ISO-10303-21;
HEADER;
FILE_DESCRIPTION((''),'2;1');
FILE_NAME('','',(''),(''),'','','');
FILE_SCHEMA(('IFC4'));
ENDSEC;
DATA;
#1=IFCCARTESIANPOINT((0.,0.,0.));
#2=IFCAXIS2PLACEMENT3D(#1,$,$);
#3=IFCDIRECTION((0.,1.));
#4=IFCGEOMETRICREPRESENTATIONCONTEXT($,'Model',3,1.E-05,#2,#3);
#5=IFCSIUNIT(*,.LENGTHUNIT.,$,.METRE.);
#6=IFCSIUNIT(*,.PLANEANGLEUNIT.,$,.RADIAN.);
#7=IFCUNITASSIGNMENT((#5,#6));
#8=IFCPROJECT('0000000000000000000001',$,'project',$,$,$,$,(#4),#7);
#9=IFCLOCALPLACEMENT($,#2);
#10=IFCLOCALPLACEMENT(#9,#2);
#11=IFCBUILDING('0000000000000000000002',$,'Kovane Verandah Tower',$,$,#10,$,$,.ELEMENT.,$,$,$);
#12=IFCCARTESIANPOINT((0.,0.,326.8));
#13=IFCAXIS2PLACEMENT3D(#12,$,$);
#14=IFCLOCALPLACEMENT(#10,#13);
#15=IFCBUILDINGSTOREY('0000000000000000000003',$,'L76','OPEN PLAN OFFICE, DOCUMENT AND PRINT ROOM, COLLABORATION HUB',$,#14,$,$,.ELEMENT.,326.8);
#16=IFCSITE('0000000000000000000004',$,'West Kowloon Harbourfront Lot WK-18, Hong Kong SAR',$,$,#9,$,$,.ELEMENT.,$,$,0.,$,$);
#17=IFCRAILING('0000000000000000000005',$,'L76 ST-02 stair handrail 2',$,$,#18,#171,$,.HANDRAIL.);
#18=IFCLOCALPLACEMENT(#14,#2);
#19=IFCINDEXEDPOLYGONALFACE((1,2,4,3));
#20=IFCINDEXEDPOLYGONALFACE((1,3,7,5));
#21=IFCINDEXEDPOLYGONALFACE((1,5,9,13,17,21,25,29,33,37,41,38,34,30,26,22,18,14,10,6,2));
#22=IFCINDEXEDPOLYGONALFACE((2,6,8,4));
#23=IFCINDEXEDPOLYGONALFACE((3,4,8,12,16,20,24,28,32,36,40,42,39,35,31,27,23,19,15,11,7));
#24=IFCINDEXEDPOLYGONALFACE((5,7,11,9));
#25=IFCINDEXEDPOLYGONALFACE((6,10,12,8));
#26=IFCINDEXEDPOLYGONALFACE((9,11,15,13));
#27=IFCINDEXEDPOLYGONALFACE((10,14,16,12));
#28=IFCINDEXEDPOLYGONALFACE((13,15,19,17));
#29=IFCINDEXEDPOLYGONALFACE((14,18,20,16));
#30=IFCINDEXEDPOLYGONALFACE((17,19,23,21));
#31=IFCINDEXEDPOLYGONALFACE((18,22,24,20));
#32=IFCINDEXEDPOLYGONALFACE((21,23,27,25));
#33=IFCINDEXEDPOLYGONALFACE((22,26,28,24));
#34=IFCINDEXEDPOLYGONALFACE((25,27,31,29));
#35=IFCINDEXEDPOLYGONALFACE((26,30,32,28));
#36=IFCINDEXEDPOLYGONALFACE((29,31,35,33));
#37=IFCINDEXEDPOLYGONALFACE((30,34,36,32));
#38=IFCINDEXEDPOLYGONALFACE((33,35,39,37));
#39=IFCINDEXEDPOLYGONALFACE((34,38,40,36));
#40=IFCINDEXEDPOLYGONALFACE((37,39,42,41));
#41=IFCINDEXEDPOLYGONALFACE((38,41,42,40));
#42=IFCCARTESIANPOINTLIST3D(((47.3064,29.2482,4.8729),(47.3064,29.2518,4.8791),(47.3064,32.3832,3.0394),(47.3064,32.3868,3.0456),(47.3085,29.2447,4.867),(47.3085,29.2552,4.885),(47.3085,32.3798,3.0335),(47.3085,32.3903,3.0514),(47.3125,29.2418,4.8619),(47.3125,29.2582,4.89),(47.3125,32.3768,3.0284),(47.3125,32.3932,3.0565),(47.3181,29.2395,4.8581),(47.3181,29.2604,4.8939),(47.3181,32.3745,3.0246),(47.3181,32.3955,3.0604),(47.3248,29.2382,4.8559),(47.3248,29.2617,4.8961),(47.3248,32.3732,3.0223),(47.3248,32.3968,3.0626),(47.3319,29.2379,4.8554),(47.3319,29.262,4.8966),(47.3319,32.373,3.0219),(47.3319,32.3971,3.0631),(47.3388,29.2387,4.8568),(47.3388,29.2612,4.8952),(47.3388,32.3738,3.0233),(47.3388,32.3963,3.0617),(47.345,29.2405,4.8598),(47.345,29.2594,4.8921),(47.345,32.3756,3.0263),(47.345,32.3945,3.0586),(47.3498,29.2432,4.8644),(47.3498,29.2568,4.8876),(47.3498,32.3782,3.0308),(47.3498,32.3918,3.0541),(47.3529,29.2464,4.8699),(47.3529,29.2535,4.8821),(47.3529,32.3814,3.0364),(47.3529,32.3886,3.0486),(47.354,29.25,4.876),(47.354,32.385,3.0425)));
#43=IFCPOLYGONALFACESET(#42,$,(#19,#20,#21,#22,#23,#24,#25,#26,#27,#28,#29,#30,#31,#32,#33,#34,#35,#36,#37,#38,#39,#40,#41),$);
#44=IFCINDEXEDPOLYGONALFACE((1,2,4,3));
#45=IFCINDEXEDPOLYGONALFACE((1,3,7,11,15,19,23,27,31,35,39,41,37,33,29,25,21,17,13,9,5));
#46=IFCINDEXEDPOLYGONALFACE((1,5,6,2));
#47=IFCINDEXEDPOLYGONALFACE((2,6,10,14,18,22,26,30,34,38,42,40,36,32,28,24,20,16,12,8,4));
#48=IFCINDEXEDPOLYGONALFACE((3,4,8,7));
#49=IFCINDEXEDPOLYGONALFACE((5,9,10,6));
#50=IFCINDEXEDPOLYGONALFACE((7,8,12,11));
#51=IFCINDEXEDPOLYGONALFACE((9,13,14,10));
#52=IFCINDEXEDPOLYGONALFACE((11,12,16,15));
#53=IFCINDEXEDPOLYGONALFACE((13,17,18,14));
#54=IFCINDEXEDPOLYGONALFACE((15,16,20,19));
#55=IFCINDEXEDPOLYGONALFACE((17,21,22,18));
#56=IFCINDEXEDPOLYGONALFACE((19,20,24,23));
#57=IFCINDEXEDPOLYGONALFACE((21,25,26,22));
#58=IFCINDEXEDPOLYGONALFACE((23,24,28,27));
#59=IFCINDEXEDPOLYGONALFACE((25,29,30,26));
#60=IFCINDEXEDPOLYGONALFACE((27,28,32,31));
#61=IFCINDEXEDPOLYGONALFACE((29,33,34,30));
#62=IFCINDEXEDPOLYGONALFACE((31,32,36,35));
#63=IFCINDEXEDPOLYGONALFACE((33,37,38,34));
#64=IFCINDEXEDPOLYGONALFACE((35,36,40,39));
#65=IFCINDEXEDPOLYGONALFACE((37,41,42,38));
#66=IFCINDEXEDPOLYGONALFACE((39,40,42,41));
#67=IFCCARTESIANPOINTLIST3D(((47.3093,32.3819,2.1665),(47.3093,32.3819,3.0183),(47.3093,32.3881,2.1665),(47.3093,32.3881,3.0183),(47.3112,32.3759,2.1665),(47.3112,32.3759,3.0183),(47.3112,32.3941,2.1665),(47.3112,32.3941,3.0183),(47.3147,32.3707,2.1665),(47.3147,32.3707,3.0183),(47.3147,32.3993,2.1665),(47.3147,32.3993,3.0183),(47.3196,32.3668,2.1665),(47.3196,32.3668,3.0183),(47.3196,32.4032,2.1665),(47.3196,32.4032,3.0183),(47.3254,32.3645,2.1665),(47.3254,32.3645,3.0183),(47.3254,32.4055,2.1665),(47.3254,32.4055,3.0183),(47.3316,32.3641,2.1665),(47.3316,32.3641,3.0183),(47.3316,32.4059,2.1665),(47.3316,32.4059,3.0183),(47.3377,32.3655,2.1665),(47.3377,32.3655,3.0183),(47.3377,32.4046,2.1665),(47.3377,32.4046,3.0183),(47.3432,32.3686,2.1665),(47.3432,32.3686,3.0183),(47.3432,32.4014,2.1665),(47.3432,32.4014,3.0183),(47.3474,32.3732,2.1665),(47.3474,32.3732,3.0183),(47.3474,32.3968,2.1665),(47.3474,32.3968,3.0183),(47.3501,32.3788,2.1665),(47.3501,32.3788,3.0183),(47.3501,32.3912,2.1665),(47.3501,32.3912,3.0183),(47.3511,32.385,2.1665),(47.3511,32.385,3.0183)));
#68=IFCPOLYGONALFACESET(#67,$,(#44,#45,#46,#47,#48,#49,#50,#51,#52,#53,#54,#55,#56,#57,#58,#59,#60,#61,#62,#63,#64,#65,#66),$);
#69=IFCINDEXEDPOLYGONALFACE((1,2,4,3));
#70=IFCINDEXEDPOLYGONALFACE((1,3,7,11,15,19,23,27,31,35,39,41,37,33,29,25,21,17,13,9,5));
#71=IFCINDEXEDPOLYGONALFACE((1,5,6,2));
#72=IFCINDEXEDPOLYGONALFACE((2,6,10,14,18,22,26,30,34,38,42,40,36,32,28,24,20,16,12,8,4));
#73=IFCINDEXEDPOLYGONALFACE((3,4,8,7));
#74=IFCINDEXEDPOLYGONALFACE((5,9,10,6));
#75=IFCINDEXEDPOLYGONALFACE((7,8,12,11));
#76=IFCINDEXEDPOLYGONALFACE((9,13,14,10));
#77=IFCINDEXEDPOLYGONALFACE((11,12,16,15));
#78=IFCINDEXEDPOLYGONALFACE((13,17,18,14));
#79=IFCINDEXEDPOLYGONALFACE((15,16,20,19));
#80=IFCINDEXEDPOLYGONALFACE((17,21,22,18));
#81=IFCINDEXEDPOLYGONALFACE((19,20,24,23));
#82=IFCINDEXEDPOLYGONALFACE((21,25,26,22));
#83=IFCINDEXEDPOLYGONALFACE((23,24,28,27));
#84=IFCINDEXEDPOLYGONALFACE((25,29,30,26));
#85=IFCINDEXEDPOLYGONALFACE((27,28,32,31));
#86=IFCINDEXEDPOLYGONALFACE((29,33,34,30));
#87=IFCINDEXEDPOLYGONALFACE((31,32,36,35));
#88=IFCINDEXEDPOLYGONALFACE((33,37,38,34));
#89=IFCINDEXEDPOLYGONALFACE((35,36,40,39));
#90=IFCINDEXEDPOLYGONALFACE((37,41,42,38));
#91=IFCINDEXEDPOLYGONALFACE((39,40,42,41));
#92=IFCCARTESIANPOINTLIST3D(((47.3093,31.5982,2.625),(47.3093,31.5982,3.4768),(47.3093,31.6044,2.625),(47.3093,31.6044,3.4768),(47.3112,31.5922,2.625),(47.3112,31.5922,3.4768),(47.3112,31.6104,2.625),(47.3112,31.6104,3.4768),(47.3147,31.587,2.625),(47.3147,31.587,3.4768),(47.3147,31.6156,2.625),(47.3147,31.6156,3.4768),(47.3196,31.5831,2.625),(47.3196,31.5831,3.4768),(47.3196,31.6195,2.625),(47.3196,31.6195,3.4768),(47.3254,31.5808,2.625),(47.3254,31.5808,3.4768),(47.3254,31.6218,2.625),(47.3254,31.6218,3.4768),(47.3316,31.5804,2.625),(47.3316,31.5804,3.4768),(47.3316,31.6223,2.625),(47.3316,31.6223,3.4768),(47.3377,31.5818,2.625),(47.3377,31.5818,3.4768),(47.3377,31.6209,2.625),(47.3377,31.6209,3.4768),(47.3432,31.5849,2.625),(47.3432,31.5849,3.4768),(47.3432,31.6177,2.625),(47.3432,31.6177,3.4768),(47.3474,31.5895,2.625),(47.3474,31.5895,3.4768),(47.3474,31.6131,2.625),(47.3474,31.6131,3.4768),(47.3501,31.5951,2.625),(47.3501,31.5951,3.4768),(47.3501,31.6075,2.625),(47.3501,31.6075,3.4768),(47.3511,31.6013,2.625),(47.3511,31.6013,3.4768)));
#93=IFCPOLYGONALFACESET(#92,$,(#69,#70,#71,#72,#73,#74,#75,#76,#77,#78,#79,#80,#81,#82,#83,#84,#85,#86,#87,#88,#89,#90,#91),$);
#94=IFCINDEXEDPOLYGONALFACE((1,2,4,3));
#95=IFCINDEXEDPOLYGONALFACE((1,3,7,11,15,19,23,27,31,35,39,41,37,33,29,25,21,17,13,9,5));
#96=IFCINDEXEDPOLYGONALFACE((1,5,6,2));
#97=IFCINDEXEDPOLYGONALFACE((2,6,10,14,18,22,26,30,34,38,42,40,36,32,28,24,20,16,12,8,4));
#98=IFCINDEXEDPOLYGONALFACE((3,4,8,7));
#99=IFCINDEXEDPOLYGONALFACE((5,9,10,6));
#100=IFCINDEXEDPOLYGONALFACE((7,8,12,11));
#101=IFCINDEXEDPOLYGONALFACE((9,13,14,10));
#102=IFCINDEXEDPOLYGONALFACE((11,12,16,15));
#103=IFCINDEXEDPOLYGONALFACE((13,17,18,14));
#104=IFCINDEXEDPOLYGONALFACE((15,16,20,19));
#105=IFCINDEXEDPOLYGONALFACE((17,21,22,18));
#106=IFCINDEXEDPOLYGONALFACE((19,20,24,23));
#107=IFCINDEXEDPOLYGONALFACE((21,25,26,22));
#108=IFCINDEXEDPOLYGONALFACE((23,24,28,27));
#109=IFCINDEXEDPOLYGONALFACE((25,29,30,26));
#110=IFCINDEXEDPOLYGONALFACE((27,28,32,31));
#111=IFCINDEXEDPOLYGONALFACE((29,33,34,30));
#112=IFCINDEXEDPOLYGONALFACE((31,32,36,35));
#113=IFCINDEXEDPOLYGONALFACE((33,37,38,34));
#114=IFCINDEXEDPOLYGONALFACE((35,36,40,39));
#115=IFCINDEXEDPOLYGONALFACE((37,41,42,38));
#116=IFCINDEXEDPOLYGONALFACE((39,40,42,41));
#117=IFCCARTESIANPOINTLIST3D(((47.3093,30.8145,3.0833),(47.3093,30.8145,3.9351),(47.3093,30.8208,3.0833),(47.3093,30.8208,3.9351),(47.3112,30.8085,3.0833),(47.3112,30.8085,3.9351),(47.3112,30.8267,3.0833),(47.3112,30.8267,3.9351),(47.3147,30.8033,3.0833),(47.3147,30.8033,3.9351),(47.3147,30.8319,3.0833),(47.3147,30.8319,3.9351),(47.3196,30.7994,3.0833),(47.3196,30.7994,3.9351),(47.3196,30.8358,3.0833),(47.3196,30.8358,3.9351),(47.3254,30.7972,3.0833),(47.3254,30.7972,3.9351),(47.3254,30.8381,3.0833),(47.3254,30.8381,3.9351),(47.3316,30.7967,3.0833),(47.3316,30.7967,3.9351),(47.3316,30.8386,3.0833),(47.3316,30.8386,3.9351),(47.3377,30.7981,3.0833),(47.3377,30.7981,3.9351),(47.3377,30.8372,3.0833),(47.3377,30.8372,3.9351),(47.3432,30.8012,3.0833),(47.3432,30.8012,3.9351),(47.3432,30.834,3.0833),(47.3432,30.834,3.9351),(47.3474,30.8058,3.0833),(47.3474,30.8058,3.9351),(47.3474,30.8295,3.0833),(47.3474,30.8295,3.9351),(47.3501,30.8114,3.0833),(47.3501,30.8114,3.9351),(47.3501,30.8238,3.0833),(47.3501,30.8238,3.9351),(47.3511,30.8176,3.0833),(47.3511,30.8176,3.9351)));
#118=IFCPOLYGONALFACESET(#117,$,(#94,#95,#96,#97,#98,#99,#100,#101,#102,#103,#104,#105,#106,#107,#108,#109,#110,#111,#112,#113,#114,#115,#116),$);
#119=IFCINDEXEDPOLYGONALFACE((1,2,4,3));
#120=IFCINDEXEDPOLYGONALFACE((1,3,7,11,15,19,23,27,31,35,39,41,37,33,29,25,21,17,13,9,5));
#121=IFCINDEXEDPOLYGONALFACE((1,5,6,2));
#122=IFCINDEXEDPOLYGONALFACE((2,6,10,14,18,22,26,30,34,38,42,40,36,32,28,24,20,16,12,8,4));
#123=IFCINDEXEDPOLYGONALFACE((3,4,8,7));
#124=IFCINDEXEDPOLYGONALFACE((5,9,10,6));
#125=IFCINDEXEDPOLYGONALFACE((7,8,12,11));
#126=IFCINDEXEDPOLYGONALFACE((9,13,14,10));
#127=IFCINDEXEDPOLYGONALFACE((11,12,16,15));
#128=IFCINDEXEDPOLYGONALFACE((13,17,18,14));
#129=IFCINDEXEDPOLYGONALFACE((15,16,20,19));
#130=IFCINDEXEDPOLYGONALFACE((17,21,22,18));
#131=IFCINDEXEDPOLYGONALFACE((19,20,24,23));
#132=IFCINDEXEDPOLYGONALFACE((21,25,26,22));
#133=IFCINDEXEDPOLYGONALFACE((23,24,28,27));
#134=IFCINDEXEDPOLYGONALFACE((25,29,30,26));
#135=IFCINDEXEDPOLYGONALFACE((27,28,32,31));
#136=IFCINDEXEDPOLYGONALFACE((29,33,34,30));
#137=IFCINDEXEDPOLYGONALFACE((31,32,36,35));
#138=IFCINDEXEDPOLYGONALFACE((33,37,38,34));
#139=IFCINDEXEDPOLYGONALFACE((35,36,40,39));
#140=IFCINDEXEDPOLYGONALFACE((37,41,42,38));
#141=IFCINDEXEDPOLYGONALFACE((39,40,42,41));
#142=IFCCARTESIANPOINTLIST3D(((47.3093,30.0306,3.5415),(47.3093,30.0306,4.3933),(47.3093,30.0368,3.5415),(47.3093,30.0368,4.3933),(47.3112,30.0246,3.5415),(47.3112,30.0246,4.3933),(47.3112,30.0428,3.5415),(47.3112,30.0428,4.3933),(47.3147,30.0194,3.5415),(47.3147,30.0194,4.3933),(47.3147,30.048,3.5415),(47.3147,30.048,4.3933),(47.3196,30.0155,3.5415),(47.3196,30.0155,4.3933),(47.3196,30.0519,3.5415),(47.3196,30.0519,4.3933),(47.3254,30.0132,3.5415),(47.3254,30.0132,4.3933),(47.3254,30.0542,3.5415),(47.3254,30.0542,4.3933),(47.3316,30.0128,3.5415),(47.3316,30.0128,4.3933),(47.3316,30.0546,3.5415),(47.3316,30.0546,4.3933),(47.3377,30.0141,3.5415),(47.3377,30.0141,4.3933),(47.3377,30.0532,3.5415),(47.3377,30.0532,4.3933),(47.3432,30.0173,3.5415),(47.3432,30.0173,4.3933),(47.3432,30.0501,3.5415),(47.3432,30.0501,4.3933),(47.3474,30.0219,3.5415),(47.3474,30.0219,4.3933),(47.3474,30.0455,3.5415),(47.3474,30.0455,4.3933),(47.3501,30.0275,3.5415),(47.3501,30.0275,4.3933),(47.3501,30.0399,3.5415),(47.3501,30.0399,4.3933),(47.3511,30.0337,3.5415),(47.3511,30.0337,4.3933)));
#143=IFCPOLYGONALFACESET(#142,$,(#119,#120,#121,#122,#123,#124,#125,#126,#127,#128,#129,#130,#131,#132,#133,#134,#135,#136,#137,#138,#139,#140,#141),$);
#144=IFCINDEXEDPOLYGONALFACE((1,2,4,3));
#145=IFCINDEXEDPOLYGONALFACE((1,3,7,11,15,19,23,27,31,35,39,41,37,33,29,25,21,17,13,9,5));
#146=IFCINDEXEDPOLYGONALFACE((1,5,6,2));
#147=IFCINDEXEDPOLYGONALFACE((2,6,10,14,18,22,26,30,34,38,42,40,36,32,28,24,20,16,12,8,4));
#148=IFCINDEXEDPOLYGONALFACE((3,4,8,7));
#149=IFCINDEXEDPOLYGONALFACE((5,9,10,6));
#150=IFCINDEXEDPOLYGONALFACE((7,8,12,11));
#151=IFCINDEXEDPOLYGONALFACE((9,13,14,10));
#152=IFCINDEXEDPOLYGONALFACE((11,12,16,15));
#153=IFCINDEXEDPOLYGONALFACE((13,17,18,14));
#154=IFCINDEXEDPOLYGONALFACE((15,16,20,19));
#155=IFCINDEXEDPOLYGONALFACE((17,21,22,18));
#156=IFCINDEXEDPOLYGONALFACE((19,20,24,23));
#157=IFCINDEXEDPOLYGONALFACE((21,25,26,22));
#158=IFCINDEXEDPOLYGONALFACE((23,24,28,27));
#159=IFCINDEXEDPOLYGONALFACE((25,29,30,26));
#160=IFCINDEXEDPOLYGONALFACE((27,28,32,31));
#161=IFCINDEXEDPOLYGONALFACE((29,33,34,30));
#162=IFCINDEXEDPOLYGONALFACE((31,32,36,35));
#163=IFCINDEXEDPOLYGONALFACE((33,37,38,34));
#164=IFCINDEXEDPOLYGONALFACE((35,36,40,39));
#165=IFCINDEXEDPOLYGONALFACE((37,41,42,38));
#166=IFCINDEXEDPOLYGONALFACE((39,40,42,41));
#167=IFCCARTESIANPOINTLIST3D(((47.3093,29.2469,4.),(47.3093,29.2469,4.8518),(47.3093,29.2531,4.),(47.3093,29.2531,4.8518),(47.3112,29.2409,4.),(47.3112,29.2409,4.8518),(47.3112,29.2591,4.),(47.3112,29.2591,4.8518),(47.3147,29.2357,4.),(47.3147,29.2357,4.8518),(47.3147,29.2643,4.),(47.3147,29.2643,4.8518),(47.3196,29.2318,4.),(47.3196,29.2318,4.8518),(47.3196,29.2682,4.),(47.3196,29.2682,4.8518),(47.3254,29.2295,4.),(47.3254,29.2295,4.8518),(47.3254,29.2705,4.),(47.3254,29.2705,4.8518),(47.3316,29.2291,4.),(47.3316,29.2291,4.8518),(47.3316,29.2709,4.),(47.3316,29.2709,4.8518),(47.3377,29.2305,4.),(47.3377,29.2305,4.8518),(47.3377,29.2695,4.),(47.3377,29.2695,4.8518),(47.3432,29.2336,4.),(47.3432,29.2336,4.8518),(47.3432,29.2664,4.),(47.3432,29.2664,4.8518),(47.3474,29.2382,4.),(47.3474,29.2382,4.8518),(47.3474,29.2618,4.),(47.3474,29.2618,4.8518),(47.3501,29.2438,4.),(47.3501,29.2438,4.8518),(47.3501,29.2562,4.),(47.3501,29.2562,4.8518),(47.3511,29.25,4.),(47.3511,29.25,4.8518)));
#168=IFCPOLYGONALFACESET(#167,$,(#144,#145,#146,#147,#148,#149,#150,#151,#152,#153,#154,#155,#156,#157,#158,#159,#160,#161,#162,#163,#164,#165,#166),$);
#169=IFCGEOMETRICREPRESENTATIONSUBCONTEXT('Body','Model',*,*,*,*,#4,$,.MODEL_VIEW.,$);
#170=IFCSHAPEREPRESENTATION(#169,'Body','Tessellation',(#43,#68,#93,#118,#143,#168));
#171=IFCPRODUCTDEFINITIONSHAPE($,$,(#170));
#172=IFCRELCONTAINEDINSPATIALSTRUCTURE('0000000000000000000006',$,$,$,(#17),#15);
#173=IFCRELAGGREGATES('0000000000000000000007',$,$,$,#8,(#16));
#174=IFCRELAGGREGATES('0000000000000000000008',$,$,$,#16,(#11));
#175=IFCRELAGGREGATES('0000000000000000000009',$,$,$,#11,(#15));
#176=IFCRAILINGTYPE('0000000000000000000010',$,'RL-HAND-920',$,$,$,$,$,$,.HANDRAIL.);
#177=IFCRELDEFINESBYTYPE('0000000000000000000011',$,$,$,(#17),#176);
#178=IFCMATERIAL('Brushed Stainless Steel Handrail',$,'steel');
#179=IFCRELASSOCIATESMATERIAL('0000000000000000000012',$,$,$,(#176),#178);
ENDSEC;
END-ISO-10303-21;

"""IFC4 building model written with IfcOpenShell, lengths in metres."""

from ifc_helpers import new_model, si_unit, direction, frame, origin, origin_2d, place, context, subcontext, project, spatial, circle, extrude, material, type_object, element, save


model = new_model("IFC4")

# Units and contexts
model_context = context("Model", 3, precision=1e-05, world=origin(), true_north=direction((0.0, 1.0)))
body_context = subcontext(model_context, "Body", "Model", "MODEL_VIEW")
ifc_project = project(units=[si_unit("LENGTHUNIT", "METRE"), si_unit("PLANEANGLEUNIT", "RADIAN")], contexts=[model_context])

# Site, building, storey
site_placement = place(None, origin())
site = spatial("IfcSite", under=ifc_project, at=site_placement, Name="West Kowloon Harbourfront Lot WK-18, Hong Kong SAR", CompositionType="ELEMENT", RefElevation=0.0)
building_placement = place(site_placement, origin())
building = spatial("IfcBuilding", under=site, at=building_placement, Name="Kovane Verandah Tower", CompositionType="ELEMENT")
storey_placement = place(building_placement, frame((0.0, 0.0, 326.8)))
storey = spatial("IfcBuildingStorey", under=building, at=storey_placement, Name="L76", Description="OPEN PLAN OFFICE, DOCUMENT AND PRINT ROOM, COLLABORATION HUB", CompositionType="ELEMENT", Elevation=326.8)

# Railing
ifc_material_1 = material(Name="Brushed Stainless Steel Handrail", Category="steel")
railing_type_1 = type_object("IfcRailingType", Name="RL-HAND-920", PredefinedType="HANDRAIL", material=ifc_material_1)
for number, where, name in (
    (1, (47.3301, 32.385, 2.1665), "L76 ST-02 stair handrail 2"),
):
    element("IfcRailing", number, at=place(storey_placement, frame(where)), inside=storey, type_object=railing_type_1, Name=name, PredefinedType="HANDRAIL", context=body_context, shape_type="SweptSolid", body=[
        extrude(circle(Radius=0.0239, at=origin_2d()), frame((0.0, 0.0, 0.876), z_axis=(0.0, -0.86321, 0.504845), x_axis=(1.0, 0.0, 0.0)), (0.0, 0.0, 1.0), 3.6318),
        extrude(circle(Radius=0.021, at=origin_2d()), origin(), (0.0, 0.0, 1.0), 0.8518),
        extrude(circle(Radius=0.021, at=origin_2d()), frame((0.0, -0.7837, 0.4585)), (0.0, 0.0, 1.0), 0.8518),
        extrude(circle(Radius=0.021, at=origin_2d()), frame((0.0, -1.5674, 0.9167)), (0.0, 0.0, 1.0), 0.8518),
        extrude(circle(Radius=0.021, at=origin_2d()), frame((0.0, -2.3513, 1.375)), (0.0, 0.0, 1.0), 0.8518),
        extrude(circle(Radius=0.021, at=origin_2d()), frame((0.0, -3.135, 1.8335)), (0.0, 0.0, 1.0), 0.8518),
    ])

save(model, "model.ifc")
